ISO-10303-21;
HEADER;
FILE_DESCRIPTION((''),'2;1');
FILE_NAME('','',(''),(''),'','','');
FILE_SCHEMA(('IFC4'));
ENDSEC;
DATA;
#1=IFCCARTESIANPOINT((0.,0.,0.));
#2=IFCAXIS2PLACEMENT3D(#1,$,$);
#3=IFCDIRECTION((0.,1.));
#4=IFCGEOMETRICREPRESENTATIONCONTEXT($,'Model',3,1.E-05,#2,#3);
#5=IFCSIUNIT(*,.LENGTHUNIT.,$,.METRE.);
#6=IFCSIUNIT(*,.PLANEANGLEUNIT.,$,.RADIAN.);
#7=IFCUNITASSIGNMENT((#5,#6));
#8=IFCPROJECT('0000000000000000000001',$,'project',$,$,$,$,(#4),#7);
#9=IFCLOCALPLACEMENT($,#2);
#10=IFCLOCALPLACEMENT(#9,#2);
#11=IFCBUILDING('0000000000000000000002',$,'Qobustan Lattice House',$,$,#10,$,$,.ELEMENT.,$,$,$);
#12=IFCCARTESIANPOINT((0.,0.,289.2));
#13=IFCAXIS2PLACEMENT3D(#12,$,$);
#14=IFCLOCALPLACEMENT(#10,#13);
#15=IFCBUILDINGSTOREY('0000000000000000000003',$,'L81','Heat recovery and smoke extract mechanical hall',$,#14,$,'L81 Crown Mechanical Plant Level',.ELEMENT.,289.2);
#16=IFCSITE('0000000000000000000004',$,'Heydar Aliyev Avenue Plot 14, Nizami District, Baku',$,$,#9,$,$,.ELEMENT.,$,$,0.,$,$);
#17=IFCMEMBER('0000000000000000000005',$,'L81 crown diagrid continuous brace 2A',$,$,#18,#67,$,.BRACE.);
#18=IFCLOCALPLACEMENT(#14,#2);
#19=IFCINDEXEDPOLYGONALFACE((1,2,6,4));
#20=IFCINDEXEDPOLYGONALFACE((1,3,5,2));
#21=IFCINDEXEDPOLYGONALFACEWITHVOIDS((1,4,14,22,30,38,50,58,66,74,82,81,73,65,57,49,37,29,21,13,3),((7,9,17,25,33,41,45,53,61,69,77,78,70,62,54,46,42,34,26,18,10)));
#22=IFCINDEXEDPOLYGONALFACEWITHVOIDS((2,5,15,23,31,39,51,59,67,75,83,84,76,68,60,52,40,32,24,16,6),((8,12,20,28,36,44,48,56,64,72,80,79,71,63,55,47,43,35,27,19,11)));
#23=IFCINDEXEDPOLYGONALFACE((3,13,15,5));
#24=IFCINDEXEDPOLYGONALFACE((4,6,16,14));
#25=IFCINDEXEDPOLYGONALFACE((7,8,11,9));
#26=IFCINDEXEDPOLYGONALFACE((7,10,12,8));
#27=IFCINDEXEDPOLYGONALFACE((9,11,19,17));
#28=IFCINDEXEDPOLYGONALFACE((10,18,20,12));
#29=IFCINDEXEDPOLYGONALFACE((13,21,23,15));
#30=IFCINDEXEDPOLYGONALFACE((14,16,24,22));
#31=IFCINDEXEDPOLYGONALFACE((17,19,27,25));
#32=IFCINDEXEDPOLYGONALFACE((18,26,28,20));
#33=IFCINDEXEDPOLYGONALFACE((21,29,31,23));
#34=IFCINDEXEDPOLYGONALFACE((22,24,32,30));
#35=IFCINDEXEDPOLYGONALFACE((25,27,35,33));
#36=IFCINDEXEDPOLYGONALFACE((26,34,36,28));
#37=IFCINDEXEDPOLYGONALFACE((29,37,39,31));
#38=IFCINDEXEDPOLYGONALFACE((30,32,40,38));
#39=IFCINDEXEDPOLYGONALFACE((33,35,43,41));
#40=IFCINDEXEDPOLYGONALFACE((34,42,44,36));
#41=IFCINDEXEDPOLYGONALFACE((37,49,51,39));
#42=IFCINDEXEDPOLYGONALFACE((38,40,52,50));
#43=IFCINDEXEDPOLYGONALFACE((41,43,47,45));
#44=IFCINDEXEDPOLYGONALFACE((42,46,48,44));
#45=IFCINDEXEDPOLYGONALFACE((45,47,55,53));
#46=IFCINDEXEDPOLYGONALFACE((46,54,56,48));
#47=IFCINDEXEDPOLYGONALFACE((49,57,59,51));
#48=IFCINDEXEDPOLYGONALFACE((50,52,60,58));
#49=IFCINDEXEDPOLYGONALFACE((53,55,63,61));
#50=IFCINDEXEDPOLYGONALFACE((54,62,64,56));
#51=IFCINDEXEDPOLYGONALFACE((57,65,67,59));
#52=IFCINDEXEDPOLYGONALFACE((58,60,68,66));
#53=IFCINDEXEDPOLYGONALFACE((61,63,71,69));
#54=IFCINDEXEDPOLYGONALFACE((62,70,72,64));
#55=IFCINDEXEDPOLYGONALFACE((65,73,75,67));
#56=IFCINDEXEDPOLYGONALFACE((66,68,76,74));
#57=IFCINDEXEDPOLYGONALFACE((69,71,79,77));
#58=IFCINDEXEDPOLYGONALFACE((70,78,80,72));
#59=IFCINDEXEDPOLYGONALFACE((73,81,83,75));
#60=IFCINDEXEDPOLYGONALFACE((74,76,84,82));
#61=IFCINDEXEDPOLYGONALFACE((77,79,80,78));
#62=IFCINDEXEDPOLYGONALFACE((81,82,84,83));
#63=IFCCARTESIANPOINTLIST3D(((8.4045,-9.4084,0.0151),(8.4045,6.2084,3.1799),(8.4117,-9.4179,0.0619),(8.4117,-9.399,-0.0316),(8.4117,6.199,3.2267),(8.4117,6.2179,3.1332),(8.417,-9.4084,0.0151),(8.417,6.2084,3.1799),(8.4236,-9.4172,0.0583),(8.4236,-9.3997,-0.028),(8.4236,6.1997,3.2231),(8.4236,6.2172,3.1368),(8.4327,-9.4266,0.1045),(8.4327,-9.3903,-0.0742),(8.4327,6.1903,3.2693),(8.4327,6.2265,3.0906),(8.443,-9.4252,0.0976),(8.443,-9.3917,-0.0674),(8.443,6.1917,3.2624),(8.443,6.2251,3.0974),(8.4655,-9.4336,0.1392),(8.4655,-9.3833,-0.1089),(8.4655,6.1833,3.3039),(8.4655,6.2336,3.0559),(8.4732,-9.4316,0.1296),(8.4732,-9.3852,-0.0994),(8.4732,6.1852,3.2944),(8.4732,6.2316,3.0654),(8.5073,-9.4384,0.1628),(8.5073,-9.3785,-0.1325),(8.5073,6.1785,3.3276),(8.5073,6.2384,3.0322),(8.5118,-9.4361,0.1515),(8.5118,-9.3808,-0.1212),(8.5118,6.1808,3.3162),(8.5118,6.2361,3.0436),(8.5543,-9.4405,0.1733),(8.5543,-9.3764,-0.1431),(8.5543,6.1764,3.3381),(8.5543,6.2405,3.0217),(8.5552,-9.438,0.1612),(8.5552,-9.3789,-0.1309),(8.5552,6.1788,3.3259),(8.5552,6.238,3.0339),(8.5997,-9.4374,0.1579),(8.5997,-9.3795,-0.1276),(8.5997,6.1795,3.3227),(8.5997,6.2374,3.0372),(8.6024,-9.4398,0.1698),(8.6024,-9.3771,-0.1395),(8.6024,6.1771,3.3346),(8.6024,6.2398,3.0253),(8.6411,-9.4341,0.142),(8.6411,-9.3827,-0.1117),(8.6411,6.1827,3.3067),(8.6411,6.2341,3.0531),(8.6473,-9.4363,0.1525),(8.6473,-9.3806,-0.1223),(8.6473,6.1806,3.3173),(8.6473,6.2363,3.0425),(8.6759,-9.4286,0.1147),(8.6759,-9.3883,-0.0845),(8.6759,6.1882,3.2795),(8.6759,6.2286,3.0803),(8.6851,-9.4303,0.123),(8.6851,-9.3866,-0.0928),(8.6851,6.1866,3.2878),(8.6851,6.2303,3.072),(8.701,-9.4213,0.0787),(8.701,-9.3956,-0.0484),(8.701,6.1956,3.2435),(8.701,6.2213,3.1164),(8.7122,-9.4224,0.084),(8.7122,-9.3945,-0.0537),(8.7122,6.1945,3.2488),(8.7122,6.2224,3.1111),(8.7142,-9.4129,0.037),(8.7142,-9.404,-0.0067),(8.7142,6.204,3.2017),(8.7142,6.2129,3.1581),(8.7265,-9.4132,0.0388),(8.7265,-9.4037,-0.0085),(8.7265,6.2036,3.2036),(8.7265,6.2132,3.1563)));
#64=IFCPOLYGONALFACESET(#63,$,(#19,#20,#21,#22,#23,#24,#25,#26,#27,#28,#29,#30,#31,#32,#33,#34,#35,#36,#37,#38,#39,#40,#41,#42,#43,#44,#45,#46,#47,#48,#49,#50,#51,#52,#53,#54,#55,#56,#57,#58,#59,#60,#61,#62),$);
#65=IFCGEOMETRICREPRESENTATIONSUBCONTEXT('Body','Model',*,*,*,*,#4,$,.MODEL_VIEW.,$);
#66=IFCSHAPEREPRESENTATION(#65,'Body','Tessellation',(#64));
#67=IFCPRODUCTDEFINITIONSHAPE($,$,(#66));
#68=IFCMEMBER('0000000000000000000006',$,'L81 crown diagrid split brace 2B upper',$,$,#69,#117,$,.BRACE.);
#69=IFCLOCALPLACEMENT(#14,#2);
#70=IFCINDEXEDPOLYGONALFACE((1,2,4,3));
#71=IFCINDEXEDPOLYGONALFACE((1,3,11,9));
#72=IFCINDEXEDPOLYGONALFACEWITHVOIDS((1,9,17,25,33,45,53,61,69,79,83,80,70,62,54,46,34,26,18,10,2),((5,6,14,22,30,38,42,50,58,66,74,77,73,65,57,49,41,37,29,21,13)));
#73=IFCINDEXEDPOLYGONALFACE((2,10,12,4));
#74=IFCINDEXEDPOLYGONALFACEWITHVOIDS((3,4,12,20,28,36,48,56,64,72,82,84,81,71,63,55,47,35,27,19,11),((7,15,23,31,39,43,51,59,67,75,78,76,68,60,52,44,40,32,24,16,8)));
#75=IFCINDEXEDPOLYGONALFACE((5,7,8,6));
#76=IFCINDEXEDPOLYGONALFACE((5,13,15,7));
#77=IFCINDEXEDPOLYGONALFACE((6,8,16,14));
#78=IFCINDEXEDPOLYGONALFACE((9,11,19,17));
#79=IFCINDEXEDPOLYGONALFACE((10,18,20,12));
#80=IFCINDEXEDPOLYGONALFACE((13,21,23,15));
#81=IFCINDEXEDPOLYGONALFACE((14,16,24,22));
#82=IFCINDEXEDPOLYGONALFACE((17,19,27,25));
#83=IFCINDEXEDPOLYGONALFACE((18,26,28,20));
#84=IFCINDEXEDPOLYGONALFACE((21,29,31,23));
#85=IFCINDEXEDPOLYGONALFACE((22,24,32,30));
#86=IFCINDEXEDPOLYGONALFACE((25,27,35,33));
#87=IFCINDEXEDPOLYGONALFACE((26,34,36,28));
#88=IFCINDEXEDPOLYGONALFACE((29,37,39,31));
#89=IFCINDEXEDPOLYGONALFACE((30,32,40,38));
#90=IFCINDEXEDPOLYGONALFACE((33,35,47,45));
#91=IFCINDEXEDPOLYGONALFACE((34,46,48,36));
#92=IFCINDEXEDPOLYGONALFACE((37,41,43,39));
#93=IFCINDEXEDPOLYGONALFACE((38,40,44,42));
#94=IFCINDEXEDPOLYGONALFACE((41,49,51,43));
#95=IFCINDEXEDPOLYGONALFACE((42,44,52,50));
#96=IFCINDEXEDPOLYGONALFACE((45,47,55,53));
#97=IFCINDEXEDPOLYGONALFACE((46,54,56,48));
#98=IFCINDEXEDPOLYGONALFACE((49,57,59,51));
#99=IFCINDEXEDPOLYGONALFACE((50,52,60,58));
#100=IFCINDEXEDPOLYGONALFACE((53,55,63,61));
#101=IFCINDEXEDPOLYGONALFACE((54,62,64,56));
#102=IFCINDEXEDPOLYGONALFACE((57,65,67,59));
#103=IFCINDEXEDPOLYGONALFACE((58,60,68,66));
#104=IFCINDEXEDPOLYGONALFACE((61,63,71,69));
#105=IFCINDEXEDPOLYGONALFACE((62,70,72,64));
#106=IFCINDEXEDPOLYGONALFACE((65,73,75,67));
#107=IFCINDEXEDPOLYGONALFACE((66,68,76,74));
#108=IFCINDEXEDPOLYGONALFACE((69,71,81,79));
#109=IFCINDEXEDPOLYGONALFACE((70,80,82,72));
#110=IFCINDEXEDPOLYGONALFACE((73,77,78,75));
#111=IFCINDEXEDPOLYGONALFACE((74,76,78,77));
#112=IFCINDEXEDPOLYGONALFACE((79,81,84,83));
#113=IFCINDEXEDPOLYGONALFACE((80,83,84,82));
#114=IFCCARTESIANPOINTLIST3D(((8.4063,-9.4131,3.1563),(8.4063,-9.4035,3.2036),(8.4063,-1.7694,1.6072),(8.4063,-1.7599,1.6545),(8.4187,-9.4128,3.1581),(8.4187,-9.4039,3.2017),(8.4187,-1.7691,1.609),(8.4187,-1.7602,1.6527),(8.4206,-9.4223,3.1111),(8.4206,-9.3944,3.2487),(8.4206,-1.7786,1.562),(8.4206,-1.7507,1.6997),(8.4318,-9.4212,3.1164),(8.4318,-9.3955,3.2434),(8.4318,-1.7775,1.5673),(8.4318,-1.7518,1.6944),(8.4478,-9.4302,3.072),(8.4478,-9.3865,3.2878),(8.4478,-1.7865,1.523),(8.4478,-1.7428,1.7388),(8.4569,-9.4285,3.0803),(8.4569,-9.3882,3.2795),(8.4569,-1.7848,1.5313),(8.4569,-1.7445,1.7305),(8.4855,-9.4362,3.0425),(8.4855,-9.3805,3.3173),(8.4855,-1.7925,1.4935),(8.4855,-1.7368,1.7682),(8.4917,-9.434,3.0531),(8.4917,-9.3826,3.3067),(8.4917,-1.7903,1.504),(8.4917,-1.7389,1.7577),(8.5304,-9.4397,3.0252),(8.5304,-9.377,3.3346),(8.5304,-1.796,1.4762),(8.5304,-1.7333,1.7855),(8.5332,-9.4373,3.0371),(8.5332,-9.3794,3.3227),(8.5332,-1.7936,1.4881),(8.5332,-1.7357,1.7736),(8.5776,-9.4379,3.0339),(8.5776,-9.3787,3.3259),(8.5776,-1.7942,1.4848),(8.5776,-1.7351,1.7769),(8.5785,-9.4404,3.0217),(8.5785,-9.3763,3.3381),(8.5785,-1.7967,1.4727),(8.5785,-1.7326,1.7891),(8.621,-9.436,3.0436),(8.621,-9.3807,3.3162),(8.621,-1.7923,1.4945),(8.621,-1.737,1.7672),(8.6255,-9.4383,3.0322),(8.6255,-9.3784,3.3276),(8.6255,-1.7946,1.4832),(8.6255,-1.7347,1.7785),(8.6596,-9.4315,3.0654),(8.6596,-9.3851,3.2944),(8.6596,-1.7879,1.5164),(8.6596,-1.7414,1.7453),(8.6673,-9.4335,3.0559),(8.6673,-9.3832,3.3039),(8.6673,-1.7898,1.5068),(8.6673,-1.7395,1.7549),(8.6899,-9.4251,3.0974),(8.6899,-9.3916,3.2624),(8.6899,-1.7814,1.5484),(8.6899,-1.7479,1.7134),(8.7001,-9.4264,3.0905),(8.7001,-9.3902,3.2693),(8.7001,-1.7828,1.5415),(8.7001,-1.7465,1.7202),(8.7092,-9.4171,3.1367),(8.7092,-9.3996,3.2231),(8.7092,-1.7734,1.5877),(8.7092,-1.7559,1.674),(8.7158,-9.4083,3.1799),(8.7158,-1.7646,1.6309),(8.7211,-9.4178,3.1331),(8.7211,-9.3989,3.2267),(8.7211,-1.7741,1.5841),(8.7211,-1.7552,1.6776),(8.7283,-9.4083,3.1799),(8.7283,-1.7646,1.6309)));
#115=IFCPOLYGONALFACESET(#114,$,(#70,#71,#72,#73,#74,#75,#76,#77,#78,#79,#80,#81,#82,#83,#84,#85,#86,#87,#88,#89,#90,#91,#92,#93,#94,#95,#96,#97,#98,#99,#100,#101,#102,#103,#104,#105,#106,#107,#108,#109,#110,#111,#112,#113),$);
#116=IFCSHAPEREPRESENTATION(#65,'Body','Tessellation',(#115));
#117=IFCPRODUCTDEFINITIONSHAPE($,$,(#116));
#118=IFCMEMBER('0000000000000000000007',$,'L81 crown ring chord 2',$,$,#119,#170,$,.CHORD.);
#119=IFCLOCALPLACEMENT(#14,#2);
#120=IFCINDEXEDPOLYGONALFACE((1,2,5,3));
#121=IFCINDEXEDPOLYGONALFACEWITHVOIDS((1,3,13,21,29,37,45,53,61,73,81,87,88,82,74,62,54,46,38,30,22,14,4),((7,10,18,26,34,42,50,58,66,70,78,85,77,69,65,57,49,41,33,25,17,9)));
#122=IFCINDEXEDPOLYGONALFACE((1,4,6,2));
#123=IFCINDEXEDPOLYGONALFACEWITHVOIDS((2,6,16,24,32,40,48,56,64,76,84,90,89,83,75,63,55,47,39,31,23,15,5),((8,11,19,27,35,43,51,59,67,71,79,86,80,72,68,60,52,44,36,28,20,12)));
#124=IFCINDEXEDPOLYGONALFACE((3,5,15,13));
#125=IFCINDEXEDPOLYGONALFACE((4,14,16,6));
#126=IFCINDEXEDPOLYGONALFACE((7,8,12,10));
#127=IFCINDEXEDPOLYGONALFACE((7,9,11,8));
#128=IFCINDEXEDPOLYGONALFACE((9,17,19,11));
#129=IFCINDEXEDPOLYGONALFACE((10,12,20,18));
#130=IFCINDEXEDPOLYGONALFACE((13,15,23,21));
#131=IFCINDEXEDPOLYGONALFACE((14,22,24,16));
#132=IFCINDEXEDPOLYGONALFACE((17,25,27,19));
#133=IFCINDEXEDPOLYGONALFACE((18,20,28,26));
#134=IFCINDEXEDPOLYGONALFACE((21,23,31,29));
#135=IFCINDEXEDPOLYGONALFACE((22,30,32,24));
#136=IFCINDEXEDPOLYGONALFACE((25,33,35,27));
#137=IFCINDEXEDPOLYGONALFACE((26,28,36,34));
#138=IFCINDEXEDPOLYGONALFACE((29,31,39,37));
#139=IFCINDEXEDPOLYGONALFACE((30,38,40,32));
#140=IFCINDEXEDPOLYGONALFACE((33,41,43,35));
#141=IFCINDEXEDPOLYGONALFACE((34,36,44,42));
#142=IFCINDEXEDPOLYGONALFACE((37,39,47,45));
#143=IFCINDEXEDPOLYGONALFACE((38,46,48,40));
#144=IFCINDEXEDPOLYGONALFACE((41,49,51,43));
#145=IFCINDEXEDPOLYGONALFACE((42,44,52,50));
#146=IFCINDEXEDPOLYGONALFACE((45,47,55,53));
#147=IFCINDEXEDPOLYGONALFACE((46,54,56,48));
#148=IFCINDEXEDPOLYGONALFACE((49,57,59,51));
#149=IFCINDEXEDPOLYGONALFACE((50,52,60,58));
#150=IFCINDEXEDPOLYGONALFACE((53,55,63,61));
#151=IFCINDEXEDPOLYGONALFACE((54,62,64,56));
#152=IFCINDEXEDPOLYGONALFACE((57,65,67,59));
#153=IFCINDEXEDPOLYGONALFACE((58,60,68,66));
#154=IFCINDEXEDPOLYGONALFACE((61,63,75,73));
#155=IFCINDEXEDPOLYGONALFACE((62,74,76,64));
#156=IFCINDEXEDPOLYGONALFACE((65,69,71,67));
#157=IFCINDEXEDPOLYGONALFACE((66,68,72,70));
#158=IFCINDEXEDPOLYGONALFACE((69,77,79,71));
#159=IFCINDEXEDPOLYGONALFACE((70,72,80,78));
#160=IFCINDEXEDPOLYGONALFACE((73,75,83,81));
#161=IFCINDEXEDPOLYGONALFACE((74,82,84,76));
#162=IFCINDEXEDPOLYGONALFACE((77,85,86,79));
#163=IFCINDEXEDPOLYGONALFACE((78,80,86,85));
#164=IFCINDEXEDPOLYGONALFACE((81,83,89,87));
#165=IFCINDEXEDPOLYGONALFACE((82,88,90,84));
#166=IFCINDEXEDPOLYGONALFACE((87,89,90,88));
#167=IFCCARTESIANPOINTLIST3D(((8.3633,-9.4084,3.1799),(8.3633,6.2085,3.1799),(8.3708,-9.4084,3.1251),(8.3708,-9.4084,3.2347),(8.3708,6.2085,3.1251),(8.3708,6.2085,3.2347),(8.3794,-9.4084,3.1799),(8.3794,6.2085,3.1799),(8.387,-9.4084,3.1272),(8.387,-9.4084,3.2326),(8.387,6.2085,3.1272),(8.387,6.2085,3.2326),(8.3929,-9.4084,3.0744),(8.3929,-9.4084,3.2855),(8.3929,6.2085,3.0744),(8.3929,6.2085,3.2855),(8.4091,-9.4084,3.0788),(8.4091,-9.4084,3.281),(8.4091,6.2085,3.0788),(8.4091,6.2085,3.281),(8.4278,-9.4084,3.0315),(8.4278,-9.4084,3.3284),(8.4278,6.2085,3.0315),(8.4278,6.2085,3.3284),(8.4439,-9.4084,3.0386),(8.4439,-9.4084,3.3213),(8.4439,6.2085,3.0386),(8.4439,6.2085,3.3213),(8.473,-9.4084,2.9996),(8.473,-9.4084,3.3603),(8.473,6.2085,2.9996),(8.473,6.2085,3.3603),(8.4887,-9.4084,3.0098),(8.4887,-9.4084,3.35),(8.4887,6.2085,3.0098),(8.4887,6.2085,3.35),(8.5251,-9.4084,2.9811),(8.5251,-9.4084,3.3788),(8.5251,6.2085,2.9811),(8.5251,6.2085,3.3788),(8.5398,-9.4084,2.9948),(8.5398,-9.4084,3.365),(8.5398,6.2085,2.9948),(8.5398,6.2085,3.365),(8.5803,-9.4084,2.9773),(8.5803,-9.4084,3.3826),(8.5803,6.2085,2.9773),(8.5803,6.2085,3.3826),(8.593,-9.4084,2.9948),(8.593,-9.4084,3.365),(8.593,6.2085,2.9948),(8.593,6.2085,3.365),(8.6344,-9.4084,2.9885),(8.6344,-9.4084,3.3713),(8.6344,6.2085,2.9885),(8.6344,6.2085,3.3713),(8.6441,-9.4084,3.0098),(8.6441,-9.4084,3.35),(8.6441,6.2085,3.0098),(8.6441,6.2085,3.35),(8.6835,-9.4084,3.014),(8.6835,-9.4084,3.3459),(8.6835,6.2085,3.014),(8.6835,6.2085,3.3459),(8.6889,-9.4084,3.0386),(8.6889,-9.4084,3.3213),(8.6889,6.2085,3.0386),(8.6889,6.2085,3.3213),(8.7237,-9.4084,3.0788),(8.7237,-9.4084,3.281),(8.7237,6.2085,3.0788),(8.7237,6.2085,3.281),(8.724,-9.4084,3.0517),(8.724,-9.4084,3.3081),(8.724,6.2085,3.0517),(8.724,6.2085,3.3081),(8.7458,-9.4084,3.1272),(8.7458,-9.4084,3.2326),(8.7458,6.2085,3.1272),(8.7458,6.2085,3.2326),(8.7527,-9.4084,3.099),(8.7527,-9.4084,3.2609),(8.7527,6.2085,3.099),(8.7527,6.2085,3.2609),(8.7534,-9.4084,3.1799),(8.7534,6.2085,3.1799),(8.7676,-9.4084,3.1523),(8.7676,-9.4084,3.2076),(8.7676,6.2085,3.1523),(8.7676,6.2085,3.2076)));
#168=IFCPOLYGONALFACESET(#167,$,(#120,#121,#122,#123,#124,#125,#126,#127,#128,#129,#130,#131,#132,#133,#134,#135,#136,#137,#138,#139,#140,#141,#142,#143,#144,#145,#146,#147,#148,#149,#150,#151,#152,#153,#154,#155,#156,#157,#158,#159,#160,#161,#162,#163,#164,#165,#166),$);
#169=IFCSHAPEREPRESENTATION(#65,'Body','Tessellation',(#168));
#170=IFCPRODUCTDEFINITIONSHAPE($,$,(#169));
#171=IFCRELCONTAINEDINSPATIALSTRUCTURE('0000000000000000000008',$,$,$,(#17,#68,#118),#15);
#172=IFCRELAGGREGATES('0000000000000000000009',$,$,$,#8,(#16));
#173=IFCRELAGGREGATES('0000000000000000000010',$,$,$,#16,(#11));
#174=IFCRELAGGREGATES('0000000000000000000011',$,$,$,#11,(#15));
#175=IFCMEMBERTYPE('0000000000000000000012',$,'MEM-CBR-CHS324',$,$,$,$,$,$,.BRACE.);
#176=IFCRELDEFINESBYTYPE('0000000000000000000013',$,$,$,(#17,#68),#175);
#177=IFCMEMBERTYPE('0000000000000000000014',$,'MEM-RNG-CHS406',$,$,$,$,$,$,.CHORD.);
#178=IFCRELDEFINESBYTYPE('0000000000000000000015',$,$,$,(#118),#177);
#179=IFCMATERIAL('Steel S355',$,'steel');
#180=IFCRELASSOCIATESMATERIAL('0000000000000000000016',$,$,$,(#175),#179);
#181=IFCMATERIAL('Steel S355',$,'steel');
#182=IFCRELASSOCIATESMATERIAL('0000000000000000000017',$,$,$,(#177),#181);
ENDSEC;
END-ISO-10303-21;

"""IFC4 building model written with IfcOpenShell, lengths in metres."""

from ifc_helpers import new_model, si_unit, direction, frame, origin, origin_2d, place, context, subcontext, project, spatial, hollow_circle, extrude, material, material_profile, profile_set, type_object, element, save


model = new_model("IFC4")

# Units and contexts
model_context = context("Model", 3, precision=1e-05, world=origin(), true_north=direction((0.0, 1.0)))
body_context = subcontext(model_context, "Body", "Model", "MODEL_VIEW")
ifc_project = project(units=[si_unit("LENGTHUNIT", "METRE"), si_unit("PLANEANGLEUNIT", "RADIAN")], contexts=[model_context])

# Site, building, storey
site_placement = place(None, origin())
site = spatial("IfcSite", under=ifc_project, at=site_placement, Name="Heydar Aliyev Avenue Plot 14, Nizami District, Baku", CompositionType="ELEMENT", RefElevation=0.0)
building_placement = place(site_placement, origin())
building = spatial("IfcBuilding", under=site, at=building_placement, Name="Qobustan Lattice House", CompositionType="ELEMENT")
storey_placement = place(building_placement, frame((0.0, 0.0, 289.2)))
storey = spatial("IfcBuildingStorey", under=building, at=storey_placement, Name="L81", Description="Heat recovery and smoke extract mechanical hall", LongName="L81 Crown Mechanical Plant Level", CompositionType="ELEMENT", Elevation=289.2)

# Members
ifc_material_1 = material(Name="Steel S355", Category="steel")
ifc_material_profile_1 = material_profile(ifc_material_1, hollow_circle(Radius=0.1619, WallThickness=0.0125, at=origin_2d()), Name="CHS323.9x12.5")
ifc_profile_set_1 = profile_set([ifc_material_profile_1], Name="Steel S355")
member_type_1 = type_object("IfcMemberType", Name="MEM-CBR-CHS324", PredefinedType="BRACE", material=ifc_profile_set_1)
member_1_placement = place(storey_placement, frame((8.5664, -9.4084, 0.0151), z_axis=(0.0, 0.980078, 0.198614), x_axis=(-1.0, 0.0, 0.0)))
element("IfcMember", 1, at=member_1_placement, inside=storey, type_object=member_type_1, Name="L81 crown diagrid continuous brace 2A", PredefinedType="BRACE", context=body_context, shape_type="SweptSolid", body=[
    extrude(hollow_circle(Radius=0.1619, WallThickness=0.0125, at=origin_2d()), origin(), (0.0, 0.0, 1.0), 15.9343),
])
member_2_placement = place(storey_placement, frame((8.5664, -1.7646, 1.6309), z_axis=(0.0, -0.980077, 0.19862), x_axis=(1.0, 0.0, 0.0)))
element("IfcMember", 2, at=member_2_placement, inside=storey, type_object=member_type_1, Name="L81 crown diagrid split brace 2B upper", PredefinedType="BRACE", context=body_context, shape_type="SweptSolid", body=[
    extrude(hollow_circle(Radius=0.1619, WallThickness=0.0125, at=origin_2d()), origin(), (0.0, 0.0, 1.0), 7.7991),
])
ifc_material_2 = material(Name="Steel S355", Category="steel")
ifc_material_profile_2 = material_profile(ifc_material_2, hollow_circle(Radius=0.2031, WallThickness=0.0161, at=origin_2d()), Name="CHS406.4x16")
ifc_profile_set_2 = profile_set([ifc_material_profile_2], Name="Steel S355")
member_type_2 = type_object("IfcMemberType", Name="MEM-RNG-CHS406", PredefinedType="CHORD", material=ifc_profile_set_2)
member_3_placement = place(storey_placement, frame((8.5664, -9.4084, 3.1799), z_axis=(0.0, 1.0, 0.0), x_axis=(-1.0, 0.0, 0.0)))
element("IfcMember", 3, at=member_3_placement, inside=storey, type_object=member_type_2, Name="L81 crown ring chord 2", PredefinedType="CHORD", context=body_context, shape_type="SweptSolid", body=[
    extrude(hollow_circle(Radius=0.2031, WallThickness=0.0161, at=origin_2d()), origin(), (0.0, 0.0, 1.0), 15.6169),
])

save(model, "model.ifc")
